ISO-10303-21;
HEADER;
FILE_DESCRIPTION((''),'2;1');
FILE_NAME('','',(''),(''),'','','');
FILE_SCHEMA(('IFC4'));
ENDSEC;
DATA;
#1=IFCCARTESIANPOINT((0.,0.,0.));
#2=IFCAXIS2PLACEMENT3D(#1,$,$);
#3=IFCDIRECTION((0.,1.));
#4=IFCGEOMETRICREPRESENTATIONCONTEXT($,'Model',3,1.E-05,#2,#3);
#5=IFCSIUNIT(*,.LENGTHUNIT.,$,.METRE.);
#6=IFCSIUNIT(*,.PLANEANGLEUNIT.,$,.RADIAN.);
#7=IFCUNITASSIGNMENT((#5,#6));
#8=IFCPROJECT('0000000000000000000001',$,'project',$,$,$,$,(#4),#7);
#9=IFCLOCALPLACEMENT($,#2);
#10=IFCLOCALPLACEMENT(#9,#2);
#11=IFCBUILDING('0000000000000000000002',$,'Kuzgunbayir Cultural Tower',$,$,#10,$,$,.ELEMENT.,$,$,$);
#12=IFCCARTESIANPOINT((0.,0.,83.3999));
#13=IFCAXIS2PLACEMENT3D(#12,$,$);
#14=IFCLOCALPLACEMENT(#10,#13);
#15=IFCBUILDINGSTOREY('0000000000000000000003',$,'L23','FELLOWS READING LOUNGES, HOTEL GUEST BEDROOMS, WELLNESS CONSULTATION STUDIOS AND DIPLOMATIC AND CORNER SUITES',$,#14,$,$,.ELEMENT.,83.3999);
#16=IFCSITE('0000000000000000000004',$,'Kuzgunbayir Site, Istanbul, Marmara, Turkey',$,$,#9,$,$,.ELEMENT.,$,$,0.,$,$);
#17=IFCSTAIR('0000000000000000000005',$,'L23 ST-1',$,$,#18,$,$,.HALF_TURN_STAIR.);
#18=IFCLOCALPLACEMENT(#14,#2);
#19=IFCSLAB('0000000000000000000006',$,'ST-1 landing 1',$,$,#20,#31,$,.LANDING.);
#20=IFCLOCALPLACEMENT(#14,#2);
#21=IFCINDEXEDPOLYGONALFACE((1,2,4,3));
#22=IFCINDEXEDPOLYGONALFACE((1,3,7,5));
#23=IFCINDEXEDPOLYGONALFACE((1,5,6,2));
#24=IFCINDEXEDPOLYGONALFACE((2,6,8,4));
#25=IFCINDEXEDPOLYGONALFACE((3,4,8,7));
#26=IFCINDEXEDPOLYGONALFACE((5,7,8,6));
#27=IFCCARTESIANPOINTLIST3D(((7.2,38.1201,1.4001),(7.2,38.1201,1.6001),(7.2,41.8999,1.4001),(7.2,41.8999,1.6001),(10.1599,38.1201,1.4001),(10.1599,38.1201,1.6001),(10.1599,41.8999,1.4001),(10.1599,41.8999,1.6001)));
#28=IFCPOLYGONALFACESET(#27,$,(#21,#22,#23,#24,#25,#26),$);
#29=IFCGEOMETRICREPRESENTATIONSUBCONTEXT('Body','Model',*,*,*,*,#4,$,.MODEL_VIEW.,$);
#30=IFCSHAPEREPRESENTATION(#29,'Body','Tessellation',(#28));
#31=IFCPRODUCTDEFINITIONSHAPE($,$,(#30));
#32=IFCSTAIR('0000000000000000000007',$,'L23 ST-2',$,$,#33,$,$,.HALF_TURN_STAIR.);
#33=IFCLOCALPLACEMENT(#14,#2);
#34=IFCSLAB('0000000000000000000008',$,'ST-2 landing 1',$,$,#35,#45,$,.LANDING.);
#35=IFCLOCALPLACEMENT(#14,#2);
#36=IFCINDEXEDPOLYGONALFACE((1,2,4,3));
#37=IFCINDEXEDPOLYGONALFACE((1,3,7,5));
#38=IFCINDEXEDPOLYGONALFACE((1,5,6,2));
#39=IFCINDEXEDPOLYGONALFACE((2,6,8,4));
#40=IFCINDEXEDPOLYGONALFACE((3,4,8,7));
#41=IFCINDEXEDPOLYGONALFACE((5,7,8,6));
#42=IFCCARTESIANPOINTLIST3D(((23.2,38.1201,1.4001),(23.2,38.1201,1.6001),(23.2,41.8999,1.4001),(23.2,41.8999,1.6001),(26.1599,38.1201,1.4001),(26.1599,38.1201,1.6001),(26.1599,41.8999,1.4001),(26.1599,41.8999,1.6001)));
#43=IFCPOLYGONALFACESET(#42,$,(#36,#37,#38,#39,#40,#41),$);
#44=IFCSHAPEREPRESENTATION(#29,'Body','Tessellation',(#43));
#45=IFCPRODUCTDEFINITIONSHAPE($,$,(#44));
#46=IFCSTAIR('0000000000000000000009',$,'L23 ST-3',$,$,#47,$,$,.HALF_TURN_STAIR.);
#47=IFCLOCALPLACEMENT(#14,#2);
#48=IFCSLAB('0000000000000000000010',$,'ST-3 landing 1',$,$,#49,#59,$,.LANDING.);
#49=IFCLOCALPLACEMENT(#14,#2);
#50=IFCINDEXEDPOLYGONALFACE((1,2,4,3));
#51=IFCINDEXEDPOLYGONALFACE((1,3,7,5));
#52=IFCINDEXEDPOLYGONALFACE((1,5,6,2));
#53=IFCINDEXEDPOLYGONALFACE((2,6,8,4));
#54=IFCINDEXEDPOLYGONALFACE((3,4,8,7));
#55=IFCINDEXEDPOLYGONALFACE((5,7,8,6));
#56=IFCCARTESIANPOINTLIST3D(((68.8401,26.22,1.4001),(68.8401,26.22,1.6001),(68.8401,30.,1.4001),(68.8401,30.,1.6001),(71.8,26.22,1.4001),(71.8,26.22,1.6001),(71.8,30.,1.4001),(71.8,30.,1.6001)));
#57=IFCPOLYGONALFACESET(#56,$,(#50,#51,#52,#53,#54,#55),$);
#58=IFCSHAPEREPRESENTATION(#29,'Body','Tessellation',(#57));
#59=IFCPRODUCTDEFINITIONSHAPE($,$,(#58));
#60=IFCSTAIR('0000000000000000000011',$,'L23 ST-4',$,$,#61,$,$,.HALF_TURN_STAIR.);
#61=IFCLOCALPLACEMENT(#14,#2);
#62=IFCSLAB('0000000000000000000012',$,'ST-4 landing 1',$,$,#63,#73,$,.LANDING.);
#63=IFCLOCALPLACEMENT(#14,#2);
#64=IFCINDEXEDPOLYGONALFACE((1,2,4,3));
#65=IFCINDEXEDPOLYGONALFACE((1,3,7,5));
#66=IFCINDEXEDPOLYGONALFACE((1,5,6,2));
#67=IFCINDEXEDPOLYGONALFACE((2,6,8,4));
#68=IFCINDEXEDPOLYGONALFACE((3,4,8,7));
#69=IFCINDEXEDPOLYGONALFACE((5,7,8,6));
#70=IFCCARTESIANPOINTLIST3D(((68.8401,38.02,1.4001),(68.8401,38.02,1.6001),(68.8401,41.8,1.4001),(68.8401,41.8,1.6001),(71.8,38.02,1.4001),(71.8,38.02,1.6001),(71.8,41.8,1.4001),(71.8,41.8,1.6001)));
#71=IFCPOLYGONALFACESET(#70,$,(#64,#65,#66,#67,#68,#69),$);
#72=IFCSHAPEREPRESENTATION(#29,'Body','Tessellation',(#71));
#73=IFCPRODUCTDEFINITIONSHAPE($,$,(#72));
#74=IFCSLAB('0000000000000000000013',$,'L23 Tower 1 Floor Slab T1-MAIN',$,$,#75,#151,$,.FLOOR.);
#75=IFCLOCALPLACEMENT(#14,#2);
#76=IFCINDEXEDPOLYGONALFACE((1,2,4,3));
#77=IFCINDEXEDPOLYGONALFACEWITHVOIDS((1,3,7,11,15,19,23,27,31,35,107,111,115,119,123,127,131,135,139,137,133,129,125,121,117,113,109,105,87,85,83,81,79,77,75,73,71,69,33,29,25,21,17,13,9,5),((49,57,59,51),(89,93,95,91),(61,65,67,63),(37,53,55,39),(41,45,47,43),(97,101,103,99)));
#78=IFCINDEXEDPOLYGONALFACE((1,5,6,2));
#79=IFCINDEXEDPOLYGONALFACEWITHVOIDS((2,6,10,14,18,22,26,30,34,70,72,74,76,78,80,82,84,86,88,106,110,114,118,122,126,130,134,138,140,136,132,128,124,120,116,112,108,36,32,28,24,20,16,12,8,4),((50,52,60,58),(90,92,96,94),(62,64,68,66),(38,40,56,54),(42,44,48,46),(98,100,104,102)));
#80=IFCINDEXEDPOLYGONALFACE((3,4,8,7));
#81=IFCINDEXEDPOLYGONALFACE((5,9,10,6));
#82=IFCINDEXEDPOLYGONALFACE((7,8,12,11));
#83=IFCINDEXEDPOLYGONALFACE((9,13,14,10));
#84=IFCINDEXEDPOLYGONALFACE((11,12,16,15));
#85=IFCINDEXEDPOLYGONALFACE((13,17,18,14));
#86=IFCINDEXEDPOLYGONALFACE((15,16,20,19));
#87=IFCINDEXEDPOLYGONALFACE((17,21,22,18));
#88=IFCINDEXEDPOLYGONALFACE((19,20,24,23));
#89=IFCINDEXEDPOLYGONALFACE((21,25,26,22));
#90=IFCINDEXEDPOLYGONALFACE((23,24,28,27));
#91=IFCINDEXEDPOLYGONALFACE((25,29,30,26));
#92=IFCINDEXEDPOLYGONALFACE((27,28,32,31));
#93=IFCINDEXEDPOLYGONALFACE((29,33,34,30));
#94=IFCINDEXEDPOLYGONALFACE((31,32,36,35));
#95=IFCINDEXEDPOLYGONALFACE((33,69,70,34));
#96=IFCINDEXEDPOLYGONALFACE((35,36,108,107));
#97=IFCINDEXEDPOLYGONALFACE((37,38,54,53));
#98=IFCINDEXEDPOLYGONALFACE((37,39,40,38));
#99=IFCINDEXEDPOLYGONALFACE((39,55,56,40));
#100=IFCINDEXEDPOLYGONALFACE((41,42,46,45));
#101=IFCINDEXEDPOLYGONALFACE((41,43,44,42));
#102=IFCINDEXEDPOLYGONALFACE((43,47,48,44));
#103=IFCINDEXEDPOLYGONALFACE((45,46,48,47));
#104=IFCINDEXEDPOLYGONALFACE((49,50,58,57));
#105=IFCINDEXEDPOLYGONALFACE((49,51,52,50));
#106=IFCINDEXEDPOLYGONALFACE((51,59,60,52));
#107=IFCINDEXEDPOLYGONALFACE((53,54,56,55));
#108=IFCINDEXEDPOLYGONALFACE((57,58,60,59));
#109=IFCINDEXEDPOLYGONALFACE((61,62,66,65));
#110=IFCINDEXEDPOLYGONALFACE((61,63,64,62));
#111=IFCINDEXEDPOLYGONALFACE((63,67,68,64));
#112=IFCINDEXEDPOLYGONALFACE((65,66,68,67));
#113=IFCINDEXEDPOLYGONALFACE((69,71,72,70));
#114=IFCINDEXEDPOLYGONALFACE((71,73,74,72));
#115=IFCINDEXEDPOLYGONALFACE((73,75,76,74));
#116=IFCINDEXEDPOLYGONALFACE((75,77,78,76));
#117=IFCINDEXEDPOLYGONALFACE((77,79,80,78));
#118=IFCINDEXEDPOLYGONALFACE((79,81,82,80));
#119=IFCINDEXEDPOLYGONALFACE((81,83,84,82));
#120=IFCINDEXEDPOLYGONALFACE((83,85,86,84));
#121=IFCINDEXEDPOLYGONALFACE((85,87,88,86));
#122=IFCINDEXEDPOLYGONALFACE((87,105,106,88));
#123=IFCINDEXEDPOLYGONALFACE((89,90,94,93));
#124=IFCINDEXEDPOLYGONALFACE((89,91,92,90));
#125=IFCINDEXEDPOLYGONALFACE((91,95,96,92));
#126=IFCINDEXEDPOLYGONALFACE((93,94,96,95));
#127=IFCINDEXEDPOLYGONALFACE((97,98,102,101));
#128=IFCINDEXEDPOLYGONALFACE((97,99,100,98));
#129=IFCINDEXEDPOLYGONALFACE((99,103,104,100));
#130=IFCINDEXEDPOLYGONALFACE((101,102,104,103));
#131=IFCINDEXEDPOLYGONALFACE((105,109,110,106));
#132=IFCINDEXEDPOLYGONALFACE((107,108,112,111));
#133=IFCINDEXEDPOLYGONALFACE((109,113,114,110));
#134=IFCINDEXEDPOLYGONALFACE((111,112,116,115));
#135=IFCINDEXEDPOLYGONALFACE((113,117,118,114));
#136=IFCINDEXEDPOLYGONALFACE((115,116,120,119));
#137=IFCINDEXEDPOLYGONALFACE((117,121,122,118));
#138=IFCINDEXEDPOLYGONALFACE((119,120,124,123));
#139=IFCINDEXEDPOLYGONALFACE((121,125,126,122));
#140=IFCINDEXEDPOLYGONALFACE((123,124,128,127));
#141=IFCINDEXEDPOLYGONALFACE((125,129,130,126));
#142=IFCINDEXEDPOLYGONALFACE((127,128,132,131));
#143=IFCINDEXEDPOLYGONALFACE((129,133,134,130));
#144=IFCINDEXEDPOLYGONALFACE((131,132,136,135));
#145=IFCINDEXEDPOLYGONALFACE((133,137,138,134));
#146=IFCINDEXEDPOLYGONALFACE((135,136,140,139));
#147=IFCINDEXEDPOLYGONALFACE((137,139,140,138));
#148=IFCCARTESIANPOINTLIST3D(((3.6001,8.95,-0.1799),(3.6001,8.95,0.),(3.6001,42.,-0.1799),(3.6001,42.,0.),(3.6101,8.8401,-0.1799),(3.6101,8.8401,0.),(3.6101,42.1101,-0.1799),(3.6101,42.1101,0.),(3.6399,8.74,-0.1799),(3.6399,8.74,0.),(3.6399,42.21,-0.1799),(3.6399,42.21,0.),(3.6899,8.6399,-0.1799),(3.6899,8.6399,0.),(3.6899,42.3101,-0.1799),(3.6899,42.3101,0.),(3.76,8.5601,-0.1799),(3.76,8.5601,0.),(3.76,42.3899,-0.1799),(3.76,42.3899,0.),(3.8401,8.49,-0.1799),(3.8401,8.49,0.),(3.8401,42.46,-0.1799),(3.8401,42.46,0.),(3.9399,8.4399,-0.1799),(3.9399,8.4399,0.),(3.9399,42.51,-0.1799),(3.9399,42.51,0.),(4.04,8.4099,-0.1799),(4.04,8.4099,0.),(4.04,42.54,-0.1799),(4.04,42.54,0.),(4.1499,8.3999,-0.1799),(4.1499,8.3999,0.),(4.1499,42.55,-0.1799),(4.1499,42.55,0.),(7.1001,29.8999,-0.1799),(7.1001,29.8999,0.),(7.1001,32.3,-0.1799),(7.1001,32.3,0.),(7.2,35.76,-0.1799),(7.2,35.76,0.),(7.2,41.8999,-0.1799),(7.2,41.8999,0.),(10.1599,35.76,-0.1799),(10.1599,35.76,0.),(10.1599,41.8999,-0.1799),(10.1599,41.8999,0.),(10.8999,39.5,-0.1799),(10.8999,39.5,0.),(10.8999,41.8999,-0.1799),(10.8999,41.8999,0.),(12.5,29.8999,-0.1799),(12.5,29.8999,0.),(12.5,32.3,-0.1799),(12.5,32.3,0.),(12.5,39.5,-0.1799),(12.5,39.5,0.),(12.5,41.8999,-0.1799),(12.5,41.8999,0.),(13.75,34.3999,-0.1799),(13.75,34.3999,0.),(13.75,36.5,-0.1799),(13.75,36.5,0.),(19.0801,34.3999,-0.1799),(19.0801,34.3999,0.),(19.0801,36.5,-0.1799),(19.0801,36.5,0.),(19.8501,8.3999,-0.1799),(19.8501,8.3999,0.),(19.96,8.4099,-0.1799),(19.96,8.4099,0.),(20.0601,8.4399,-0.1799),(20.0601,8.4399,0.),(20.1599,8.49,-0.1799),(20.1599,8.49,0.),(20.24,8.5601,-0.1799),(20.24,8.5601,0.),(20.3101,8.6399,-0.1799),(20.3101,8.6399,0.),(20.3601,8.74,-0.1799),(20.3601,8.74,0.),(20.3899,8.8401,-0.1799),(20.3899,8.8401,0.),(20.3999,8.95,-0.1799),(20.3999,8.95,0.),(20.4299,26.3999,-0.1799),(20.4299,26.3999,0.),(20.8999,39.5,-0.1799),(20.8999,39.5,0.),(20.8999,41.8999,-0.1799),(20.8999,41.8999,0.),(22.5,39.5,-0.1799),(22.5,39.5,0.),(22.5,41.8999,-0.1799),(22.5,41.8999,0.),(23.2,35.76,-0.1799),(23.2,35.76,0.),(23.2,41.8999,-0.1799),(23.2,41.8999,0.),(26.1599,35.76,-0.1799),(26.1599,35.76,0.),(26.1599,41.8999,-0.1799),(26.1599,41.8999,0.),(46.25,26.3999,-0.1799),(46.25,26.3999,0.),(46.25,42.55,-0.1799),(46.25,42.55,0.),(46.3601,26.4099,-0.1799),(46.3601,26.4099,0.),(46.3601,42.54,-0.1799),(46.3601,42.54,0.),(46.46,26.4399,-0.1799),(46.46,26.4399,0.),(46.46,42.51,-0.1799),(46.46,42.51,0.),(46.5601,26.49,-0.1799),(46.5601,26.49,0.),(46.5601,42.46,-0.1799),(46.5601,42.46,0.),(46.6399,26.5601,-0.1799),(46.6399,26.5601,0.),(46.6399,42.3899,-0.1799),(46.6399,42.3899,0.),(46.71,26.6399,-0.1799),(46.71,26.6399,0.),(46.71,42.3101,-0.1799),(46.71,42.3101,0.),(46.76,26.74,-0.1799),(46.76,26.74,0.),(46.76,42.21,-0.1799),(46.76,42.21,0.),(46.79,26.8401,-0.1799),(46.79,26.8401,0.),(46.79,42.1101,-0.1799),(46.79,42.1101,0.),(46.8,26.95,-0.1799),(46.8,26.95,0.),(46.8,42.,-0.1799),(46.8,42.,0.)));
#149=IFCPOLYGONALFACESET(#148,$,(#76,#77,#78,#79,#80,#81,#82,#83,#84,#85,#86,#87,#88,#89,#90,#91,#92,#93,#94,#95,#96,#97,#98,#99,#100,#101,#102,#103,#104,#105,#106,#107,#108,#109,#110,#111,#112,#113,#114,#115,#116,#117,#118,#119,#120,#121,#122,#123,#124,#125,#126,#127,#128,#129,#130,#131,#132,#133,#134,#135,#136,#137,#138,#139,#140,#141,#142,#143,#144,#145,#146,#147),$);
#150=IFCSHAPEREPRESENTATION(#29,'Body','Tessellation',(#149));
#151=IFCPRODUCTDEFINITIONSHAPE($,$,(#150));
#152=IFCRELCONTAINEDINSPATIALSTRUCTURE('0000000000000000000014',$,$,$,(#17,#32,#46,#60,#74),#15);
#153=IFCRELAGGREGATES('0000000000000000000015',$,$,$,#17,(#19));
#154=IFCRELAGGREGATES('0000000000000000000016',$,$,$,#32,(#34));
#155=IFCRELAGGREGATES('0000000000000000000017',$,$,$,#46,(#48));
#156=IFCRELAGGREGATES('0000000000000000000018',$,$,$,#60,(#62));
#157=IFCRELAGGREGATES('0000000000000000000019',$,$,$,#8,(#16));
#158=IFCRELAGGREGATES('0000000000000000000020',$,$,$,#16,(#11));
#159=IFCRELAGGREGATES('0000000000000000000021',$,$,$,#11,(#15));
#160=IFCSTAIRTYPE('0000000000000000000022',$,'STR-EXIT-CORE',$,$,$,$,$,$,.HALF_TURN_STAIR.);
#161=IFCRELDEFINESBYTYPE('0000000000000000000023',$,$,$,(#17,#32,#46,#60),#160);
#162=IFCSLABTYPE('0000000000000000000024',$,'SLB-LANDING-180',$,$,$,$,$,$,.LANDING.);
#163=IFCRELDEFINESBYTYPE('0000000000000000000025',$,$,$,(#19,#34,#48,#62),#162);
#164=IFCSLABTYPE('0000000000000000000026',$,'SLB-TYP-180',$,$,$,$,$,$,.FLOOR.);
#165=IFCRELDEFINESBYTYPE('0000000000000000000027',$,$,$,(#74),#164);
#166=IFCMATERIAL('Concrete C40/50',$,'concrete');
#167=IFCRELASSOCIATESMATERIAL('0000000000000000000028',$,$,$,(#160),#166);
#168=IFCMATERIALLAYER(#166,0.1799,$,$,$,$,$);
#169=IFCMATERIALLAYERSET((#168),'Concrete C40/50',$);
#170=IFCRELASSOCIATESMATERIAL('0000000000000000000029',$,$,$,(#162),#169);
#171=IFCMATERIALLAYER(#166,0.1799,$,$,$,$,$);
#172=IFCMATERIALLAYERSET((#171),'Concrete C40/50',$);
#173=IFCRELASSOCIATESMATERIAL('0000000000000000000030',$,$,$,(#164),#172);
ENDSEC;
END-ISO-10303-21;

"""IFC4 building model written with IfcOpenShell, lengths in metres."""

from ifc_helpers import new_model, si_unit, direction, frame, origin, place, context, subcontext, project, spatial, polyline, outline, extrude, material, layer, layer_set, type_object, element, aggregate, save


model = new_model("IFC4")

# Units and contexts
model_context = context("Model", 3, precision=1e-05, world=origin(), true_north=direction((0.0, 1.0)))
body_context = subcontext(model_context, "Body", "Model", "MODEL_VIEW")
ifc_project = project(units=[si_unit("LENGTHUNIT", "METRE"), si_unit("PLANEANGLEUNIT", "RADIAN")], contexts=[model_context])

# Site, building, storey
site_placement = place(None, origin())
site = spatial("IfcSite", under=ifc_project, at=site_placement, Name="Kuzgunbayir Site, Istanbul, Marmara, Turkey", CompositionType="ELEMENT", RefElevation=0.0)
building_placement = place(site_placement, origin())
building = spatial("IfcBuilding", under=site, at=building_placement, Name="Kuzgunbayir Cultural Tower", CompositionType="ELEMENT")
storey_placement = place(building_placement, frame((0.0, 0.0, 83.3999)))
storey = spatial("IfcBuildingStorey", under=building, at=storey_placement, Name="L23", Description="FELLOWS READING LOUNGES, HOTEL GUEST BEDROOMS, WELLNESS CONSULTATION STUDIOS AND DIPLOMATIC AND CORNER SUITES", CompositionType="ELEMENT", Elevation=83.3999)

# Shared definitions
ifc_material_1 = material(Name="Concrete C40/50", Category="concrete")

# Stairs, slabs
stair_type = type_object("IfcStairType", Name="STR-EXIT-CORE", PredefinedType="HALF_TURN_STAIR", material=ifc_material_1)
stair_1_placement = place(storey_placement, origin())
stair_1 = element("IfcStair", 1, at=stair_1_placement, inside=storey, type_object=stair_type, Name="L23 ST-1", PredefinedType="HALF_TURN_STAIR")
ifc_layer_1 = layer(ifc_material_1, 0.1799)
ifc_layer_set_1 = layer_set([ifc_layer_1], Name="Concrete C40/50")
slab_type_1 = type_object("IfcSlabType", Name="SLB-LANDING-180", PredefinedType="LANDING", material=ifc_layer_set_1)
slab_1_placement = place(storey_placement, frame((0.0, 0.0, 1.4001)))
slab_1 = element("IfcSlab", 2, at=slab_1_placement, type_object=slab_type_1, Name="ST-1 landing 1", PredefinedType="LANDING", context=body_context, shape_type="SweptSolid", body=[
    extrude(outline(polyline([(10.1599, 38.1201), (10.1599, 41.8999), (7.2, 41.8999), (7.2, 38.1201), (10.1599, 38.1201)])), origin(), (0.0, 0.0, 1.0), 0.2),
])
aggregate(stair_1, [slab_1])
stair_2_placement = place(storey_placement, origin())
stair_2 = element("IfcStair", 3, at=stair_2_placement, inside=storey, type_object=stair_type, Name="L23 ST-2", PredefinedType="HALF_TURN_STAIR")
slab_2_placement = place(storey_placement, frame((0.0, 0.0, 1.4001)))
slab_2 = element("IfcSlab", 4, at=slab_2_placement, type_object=slab_type_1, Name="ST-2 landing 1", PredefinedType="LANDING", context=body_context, shape_type="SweptSolid", body=[
    extrude(outline(polyline([(26.1599, 38.1201), (26.1599, 41.8999), (23.2, 41.8999), (23.2, 38.1201), (26.1599, 38.1201)])), origin(), (0.0, 0.0, 1.0), 0.2),
])
aggregate(stair_2, [slab_2])
stair_3_placement = place(storey_placement, origin())
stair_3 = element("IfcStair", 5, at=stair_3_placement, inside=storey, type_object=stair_type, Name="L23 ST-3", PredefinedType="HALF_TURN_STAIR")
slab_3_placement = place(storey_placement, frame((0.0, 0.0, 1.4001)))
slab_3 = element("IfcSlab", 6, at=slab_3_placement, type_object=slab_type_1, Name="ST-3 landing 1", PredefinedType="LANDING", context=body_context, shape_type="SweptSolid", body=[
    extrude(outline(polyline([(71.8, 26.22), (71.8, 30.0), (68.8401, 30.0), (68.8401, 26.22), (71.8, 26.22)])), origin(), (0.0, 0.0, 1.0), 0.2),
])
aggregate(stair_3, [slab_3])
stair_4_placement = place(storey_placement, origin())
stair_4 = element("IfcStair", 7, at=stair_4_placement, inside=storey, type_object=stair_type, Name="L23 ST-4", PredefinedType="HALF_TURN_STAIR")
slab_4_placement = place(storey_placement, frame((0.0, 0.0, 1.4001)))
slab_4 = element("IfcSlab", 8, at=slab_4_placement, type_object=slab_type_1, Name="ST-4 landing 1", PredefinedType="LANDING", context=body_context, shape_type="SweptSolid", body=[
    extrude(outline(polyline([(71.8, 38.02), (71.8, 41.8), (68.8401, 41.8), (68.8401, 38.02), (71.8, 38.02)])), origin(), (0.0, 0.0, 1.0), 0.2),
])
aggregate(stair_4, [slab_4])

# Slab
ifc_layer_2 = layer(ifc_material_1, 0.1799)
ifc_layer_set_2 = layer_set([ifc_layer_2], Name="Concrete C40/50")
slab_type_2 = type_object("IfcSlabType", Name="SLB-TYP-180", PredefinedType="FLOOR", material=ifc_layer_set_2)
slab_5_placement = place(storey_placement, frame((0.0, 0.0, -0.1799)))
element("IfcSlab", 9, at=slab_5_placement, inside=storey, type_object=slab_type_2, Name="L23 Tower 1 Floor Slab T1-MAIN", PredefinedType="FLOOR", context=body_context, shape_type="SweptSolid", body=[
    extrude(outline(polyline([(20.3999, 8.95), (20.3899, 8.8401), (20.3601, 8.74), (20.3101, 8.6399), (20.24, 8.5601), (20.1599, 8.49), (20.0601, 8.4399), (19.96, 8.4099), (19.8501, 8.3999), (4.1499, 8.3999), (4.04, 8.4099), (3.9399, 8.4399), (3.8401, 8.49), (3.76, 8.5601), (3.6899, 8.6399), (3.6399, 8.74), (3.6101, 8.8401), (3.6001, 8.95), (3.6001, 42.0), (3.6101, 42.1101), (3.6399, 42.21), (3.6899, 42.3101), (3.76, 42.3899), (3.8401, 42.46), (3.9399, 42.51), (4.04, 42.54), (4.1499, 42.55), (46.25, 42.55), (46.3601, 42.54), (46.46, 42.51), (46.5601, 42.46), (46.6399, 42.3899), (46.71, 42.3101), (46.76, 42.21), (46.79, 42.1101), (46.8, 42.0), (46.8, 26.95), (46.79, 26.8401), (46.76, 26.74), (46.71, 26.6399), (46.6399, 26.5601), (46.5601, 26.49), (46.46, 26.4399), (46.3601, 26.4099), (46.25, 26.3999), (20.4299, 26.3999), (20.3999, 8.95)]), holes=[polyline([(7.2, 35.76), (7.2, 41.8999), (10.1599, 41.8999), (10.1599, 35.76), (7.2, 35.76)]), polyline([(23.2, 35.76), (23.2, 41.8999), (26.1599, 41.8999), (26.1599, 35.76), (23.2, 35.76)]), polyline([(13.75, 34.3999), (13.75, 36.5), (19.0801, 36.5), (19.0801, 34.3999), (13.75, 34.3999)]), polyline([(7.1001, 29.8999), (7.1001, 32.3), (12.5, 32.3), (12.5, 29.8999), (7.1001, 29.8999)]), polyline([(10.8999, 39.5), (10.8999, 41.8999), (12.5, 41.8999), (12.5, 39.5), (10.8999, 39.5)]), polyline([(20.8999, 39.5), (20.8999, 41.8999), (22.5, 41.8999), (22.5, 39.5), (20.8999, 39.5)])]), origin(), (0.0, 0.0, 1.0), 0.1799),
])

save(model, "model.ifc")
